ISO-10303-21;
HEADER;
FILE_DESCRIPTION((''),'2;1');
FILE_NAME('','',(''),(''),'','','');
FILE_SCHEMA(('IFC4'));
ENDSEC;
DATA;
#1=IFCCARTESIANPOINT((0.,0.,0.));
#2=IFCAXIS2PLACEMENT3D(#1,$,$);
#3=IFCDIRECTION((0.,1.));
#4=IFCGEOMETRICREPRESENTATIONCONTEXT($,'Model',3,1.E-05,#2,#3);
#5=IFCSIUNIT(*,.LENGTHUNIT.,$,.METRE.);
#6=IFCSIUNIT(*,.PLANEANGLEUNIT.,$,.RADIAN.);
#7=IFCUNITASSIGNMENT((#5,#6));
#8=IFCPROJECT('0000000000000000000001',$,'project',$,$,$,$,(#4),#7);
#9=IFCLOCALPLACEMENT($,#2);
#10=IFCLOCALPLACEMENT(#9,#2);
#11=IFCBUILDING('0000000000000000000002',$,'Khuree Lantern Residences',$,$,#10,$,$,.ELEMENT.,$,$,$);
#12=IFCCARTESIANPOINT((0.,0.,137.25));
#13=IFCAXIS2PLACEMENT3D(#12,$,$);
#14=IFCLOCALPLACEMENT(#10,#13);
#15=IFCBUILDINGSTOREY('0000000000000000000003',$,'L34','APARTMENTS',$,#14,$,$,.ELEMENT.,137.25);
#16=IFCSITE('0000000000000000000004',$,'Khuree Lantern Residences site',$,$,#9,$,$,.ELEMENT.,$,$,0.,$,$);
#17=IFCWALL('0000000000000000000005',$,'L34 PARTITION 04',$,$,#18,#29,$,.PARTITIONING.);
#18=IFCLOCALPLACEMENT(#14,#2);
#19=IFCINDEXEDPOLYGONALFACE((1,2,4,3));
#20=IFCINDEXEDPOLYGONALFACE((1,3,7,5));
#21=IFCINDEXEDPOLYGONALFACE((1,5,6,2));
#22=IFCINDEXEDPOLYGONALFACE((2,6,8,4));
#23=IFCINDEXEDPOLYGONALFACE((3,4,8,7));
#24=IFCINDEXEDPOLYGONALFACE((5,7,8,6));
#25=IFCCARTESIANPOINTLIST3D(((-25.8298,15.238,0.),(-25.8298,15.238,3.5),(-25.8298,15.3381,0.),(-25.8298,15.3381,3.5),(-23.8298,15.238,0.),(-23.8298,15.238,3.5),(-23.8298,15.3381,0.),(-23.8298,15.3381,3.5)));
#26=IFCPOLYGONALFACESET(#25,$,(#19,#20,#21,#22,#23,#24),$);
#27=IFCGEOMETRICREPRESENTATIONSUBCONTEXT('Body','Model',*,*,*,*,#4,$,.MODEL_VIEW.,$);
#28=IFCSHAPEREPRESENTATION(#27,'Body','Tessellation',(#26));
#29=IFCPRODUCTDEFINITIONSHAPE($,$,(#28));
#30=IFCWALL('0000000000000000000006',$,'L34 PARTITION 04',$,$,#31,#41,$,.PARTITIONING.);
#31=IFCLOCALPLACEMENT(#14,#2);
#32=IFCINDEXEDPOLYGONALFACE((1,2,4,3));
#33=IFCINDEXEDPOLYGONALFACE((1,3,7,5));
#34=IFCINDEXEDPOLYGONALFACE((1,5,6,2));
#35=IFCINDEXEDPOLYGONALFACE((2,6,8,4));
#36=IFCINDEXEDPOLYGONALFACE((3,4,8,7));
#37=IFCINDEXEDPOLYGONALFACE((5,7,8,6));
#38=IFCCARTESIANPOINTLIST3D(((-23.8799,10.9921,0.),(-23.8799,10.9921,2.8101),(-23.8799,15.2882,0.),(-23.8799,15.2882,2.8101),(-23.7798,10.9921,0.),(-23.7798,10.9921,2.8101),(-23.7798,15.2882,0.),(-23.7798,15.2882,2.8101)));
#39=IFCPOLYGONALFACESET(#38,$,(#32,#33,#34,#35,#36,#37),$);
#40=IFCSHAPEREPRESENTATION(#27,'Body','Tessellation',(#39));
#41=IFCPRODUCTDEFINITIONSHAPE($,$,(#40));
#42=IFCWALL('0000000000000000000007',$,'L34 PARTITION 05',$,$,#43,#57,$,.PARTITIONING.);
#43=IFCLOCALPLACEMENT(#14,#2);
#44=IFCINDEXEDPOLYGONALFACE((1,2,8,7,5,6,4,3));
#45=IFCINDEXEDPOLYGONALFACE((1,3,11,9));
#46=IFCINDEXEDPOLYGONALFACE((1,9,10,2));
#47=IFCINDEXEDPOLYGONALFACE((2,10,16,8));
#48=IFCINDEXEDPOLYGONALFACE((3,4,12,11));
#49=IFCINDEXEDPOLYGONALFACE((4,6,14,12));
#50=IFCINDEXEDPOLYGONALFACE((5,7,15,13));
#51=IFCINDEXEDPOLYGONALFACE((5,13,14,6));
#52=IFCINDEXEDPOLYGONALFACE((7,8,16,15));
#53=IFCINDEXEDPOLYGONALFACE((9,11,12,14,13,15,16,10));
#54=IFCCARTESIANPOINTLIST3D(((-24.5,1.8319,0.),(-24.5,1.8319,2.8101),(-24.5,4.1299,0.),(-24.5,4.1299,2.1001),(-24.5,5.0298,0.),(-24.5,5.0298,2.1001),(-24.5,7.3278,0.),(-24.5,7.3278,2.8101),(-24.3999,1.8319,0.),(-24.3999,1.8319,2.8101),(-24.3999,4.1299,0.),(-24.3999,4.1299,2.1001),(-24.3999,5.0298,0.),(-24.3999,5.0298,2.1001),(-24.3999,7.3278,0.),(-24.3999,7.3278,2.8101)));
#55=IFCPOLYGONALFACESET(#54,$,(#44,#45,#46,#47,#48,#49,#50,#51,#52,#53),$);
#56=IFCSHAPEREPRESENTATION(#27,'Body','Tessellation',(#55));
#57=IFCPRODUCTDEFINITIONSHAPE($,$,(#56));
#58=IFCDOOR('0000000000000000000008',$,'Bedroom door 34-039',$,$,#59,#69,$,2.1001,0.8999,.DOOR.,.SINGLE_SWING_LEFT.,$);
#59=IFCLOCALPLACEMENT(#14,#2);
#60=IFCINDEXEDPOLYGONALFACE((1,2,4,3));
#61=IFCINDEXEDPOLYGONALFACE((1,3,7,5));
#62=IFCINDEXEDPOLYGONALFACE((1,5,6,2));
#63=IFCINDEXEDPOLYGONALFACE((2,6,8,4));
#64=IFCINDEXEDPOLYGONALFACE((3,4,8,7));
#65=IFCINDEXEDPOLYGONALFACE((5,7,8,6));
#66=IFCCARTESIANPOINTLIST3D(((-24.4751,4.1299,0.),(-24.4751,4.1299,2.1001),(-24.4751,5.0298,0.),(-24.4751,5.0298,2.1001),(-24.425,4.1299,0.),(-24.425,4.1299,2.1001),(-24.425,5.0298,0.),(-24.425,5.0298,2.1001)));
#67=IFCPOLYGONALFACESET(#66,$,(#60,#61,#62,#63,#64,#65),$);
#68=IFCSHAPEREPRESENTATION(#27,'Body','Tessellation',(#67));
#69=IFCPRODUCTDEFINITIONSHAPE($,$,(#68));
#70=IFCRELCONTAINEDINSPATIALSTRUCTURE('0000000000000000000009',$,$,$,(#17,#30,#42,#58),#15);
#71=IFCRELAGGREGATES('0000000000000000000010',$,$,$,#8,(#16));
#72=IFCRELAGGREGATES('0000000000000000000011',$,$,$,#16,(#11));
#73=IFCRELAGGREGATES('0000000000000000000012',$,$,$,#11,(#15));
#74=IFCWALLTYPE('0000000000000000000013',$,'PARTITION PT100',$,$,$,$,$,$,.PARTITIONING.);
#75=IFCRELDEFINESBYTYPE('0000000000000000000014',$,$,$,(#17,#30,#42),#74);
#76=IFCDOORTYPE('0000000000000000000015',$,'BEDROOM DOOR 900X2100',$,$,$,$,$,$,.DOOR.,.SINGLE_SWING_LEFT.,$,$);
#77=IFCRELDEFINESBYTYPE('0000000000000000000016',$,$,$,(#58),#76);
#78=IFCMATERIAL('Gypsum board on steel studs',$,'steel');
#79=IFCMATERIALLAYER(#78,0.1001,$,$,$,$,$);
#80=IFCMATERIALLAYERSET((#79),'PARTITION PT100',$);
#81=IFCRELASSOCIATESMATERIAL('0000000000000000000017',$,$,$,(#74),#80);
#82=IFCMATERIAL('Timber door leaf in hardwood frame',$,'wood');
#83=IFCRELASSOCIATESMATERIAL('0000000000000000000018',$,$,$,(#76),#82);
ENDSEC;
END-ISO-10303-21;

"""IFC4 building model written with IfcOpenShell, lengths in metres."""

from ifc_helpers import new_model, si_unit, direction, frame, frame_2d, origin, place, context, subcontext, project, spatial, rectangle, extrude, material, layer, layer_set, type_object, element, fill, save


model = new_model("IFC4")

# Units and contexts
model_context = context("Model", 3, precision=1e-05, world=origin(), true_north=direction((0.0, 1.0)))
body_context = subcontext(model_context, "Body", "Model", "MODEL_VIEW")
ifc_project = project(units=[si_unit("LENGTHUNIT", "METRE"), si_unit("PLANEANGLEUNIT", "RADIAN")], contexts=[model_context])

# Site, building, storey
site_placement = place(None, origin())
site = spatial("IfcSite", under=ifc_project, at=site_placement, Name="Khuree Lantern Residences site", CompositionType="ELEMENT", RefElevation=0.0)
building_placement = place(site_placement, origin())
building = spatial("IfcBuilding", under=site, at=building_placement, Name="Khuree Lantern Residences", CompositionType="ELEMENT")
storey_placement = place(building_placement, frame((0.0, 0.0, 137.25)))
storey = spatial("IfcBuildingStorey", under=building, at=storey_placement, Name="L34", Description="APARTMENTS", CompositionType="ELEMENT", Elevation=137.25)

# Shared definitions
ifc_material_1 = material(Name="Timber door leaf in hardwood frame", Category="wood")

# Shared definitions
ifc_material_2 = material(Name="Gypsum board on steel studs", Category="steel")
ifc_layer_1 = layer(ifc_material_2, 0.1001)
ifc_layer_set_1 = layer_set([ifc_layer_1], Name="PARTITION PT100")
wall_type_1 = type_object("IfcWallType", Name="PARTITION PT100", PredefinedType="PARTITIONING", material=ifc_layer_set_1)

# Shared definitions
door_type_1 = type_object("IfcDoorType", Name="BEDROOM DOOR 900X2100", OperationType="SINGLE_SWING_LEFT", PredefinedType="DOOR", material=ifc_material_1)

# Walls
wall_1_placement = place(storey_placement, frame((-23.8298, 15.2881, 0.0), z_axis=(0.0, 0.0, 1.0), x_axis=(-1.0, 0.0, 0.0)))
element("IfcWall", 1, at=wall_1_placement, inside=storey, type_object=wall_type_1, Name="L34 PARTITION 04", PredefinedType="PARTITIONING", context=body_context, shape_type="SweptSolid", body=[
    extrude(rectangle(XDim=2.0, YDim=0.1001, at=frame_2d((1.0, 0.0))), origin(), (0.0, 0.0, 1.0), 3.5),
])
wall_2_placement = place(storey_placement, frame((-23.8298, 15.2881, 0.0), z_axis=(0.0, 0.0, 1.0), x_axis=(0.0, -1.0, 0.0)))
element("IfcWall", 2, at=wall_2_placement, inside=storey, type_object=wall_type_1, Name="L34 PARTITION 04", PredefinedType="PARTITIONING", context=body_context, shape_type="SweptSolid", body=[
    extrude(rectangle(XDim=4.2961, YDim=0.1001, at=frame_2d((2.1479, 0.0))), origin(), (0.0, 0.0, 1.0), 2.8101),
])

# Wall, opening, door
wall_3_placement = place(storey_placement, frame((-24.45, 7.3279, 0.0), z_axis=(0.0, 0.0, 1.0), x_axis=(0.0, -1.0, 0.0)))
wall_3 = element("IfcWall", 3, at=wall_3_placement, inside=storey, type_object=wall_type_1, Name="L34 PARTITION 05", PredefinedType="PARTITIONING", context=body_context, shape_type="SweptSolid", body=[
    extrude(rectangle(XDim=5.4958, YDim=0.1001, at=frame_2d((2.748, 0.0))), origin(), (0.0, 0.0, 1.0), 2.8101),
])
opening_1_placement = place(wall_3_placement, frame((2.2981, 0.0, 0.0)))
opening_1 = element("IfcOpeningElement", 4, at=opening_1_placement, cuts=wall_3, PredefinedType="OPENING", context=body_context, shape_type="SweptSolid", body=[
    extrude(rectangle(XDim=0.8999, YDim=2.1001, at=frame_2d((0.45, 1.05))), frame((0.0, 0.0601, 0.0), z_axis=(0.0, -1.0, 0.0), x_axis=(1.0, 0.0, 0.0)), (0.0, 0.0, 1.0), 0.1201),
])
door_1_placement = place(opening_1_placement, origin())
door_1 = element("IfcDoor", 5, at=door_1_placement, inside=storey, type_object=door_type_1, Name="Bedroom door 34-039", OperationType="SINGLE_SWING_LEFT", OverallHeight=2.1001, OverallWidth=0.8999, PredefinedType="DOOR", context=body_context, shape_type="SweptSolid", body=[
    extrude(rectangle(XDim=0.8999, YDim=2.1001, at=frame_2d((0.45, 1.05))), frame((0.0, 0.0249, 0.0), z_axis=(0.0, -1.0, 0.0), x_axis=(1.0, 0.0, 0.0)), (0.0, 0.0, 1.0), 0.05),
])
fill(opening_1, door_1)

save(model, "model.ifc")
